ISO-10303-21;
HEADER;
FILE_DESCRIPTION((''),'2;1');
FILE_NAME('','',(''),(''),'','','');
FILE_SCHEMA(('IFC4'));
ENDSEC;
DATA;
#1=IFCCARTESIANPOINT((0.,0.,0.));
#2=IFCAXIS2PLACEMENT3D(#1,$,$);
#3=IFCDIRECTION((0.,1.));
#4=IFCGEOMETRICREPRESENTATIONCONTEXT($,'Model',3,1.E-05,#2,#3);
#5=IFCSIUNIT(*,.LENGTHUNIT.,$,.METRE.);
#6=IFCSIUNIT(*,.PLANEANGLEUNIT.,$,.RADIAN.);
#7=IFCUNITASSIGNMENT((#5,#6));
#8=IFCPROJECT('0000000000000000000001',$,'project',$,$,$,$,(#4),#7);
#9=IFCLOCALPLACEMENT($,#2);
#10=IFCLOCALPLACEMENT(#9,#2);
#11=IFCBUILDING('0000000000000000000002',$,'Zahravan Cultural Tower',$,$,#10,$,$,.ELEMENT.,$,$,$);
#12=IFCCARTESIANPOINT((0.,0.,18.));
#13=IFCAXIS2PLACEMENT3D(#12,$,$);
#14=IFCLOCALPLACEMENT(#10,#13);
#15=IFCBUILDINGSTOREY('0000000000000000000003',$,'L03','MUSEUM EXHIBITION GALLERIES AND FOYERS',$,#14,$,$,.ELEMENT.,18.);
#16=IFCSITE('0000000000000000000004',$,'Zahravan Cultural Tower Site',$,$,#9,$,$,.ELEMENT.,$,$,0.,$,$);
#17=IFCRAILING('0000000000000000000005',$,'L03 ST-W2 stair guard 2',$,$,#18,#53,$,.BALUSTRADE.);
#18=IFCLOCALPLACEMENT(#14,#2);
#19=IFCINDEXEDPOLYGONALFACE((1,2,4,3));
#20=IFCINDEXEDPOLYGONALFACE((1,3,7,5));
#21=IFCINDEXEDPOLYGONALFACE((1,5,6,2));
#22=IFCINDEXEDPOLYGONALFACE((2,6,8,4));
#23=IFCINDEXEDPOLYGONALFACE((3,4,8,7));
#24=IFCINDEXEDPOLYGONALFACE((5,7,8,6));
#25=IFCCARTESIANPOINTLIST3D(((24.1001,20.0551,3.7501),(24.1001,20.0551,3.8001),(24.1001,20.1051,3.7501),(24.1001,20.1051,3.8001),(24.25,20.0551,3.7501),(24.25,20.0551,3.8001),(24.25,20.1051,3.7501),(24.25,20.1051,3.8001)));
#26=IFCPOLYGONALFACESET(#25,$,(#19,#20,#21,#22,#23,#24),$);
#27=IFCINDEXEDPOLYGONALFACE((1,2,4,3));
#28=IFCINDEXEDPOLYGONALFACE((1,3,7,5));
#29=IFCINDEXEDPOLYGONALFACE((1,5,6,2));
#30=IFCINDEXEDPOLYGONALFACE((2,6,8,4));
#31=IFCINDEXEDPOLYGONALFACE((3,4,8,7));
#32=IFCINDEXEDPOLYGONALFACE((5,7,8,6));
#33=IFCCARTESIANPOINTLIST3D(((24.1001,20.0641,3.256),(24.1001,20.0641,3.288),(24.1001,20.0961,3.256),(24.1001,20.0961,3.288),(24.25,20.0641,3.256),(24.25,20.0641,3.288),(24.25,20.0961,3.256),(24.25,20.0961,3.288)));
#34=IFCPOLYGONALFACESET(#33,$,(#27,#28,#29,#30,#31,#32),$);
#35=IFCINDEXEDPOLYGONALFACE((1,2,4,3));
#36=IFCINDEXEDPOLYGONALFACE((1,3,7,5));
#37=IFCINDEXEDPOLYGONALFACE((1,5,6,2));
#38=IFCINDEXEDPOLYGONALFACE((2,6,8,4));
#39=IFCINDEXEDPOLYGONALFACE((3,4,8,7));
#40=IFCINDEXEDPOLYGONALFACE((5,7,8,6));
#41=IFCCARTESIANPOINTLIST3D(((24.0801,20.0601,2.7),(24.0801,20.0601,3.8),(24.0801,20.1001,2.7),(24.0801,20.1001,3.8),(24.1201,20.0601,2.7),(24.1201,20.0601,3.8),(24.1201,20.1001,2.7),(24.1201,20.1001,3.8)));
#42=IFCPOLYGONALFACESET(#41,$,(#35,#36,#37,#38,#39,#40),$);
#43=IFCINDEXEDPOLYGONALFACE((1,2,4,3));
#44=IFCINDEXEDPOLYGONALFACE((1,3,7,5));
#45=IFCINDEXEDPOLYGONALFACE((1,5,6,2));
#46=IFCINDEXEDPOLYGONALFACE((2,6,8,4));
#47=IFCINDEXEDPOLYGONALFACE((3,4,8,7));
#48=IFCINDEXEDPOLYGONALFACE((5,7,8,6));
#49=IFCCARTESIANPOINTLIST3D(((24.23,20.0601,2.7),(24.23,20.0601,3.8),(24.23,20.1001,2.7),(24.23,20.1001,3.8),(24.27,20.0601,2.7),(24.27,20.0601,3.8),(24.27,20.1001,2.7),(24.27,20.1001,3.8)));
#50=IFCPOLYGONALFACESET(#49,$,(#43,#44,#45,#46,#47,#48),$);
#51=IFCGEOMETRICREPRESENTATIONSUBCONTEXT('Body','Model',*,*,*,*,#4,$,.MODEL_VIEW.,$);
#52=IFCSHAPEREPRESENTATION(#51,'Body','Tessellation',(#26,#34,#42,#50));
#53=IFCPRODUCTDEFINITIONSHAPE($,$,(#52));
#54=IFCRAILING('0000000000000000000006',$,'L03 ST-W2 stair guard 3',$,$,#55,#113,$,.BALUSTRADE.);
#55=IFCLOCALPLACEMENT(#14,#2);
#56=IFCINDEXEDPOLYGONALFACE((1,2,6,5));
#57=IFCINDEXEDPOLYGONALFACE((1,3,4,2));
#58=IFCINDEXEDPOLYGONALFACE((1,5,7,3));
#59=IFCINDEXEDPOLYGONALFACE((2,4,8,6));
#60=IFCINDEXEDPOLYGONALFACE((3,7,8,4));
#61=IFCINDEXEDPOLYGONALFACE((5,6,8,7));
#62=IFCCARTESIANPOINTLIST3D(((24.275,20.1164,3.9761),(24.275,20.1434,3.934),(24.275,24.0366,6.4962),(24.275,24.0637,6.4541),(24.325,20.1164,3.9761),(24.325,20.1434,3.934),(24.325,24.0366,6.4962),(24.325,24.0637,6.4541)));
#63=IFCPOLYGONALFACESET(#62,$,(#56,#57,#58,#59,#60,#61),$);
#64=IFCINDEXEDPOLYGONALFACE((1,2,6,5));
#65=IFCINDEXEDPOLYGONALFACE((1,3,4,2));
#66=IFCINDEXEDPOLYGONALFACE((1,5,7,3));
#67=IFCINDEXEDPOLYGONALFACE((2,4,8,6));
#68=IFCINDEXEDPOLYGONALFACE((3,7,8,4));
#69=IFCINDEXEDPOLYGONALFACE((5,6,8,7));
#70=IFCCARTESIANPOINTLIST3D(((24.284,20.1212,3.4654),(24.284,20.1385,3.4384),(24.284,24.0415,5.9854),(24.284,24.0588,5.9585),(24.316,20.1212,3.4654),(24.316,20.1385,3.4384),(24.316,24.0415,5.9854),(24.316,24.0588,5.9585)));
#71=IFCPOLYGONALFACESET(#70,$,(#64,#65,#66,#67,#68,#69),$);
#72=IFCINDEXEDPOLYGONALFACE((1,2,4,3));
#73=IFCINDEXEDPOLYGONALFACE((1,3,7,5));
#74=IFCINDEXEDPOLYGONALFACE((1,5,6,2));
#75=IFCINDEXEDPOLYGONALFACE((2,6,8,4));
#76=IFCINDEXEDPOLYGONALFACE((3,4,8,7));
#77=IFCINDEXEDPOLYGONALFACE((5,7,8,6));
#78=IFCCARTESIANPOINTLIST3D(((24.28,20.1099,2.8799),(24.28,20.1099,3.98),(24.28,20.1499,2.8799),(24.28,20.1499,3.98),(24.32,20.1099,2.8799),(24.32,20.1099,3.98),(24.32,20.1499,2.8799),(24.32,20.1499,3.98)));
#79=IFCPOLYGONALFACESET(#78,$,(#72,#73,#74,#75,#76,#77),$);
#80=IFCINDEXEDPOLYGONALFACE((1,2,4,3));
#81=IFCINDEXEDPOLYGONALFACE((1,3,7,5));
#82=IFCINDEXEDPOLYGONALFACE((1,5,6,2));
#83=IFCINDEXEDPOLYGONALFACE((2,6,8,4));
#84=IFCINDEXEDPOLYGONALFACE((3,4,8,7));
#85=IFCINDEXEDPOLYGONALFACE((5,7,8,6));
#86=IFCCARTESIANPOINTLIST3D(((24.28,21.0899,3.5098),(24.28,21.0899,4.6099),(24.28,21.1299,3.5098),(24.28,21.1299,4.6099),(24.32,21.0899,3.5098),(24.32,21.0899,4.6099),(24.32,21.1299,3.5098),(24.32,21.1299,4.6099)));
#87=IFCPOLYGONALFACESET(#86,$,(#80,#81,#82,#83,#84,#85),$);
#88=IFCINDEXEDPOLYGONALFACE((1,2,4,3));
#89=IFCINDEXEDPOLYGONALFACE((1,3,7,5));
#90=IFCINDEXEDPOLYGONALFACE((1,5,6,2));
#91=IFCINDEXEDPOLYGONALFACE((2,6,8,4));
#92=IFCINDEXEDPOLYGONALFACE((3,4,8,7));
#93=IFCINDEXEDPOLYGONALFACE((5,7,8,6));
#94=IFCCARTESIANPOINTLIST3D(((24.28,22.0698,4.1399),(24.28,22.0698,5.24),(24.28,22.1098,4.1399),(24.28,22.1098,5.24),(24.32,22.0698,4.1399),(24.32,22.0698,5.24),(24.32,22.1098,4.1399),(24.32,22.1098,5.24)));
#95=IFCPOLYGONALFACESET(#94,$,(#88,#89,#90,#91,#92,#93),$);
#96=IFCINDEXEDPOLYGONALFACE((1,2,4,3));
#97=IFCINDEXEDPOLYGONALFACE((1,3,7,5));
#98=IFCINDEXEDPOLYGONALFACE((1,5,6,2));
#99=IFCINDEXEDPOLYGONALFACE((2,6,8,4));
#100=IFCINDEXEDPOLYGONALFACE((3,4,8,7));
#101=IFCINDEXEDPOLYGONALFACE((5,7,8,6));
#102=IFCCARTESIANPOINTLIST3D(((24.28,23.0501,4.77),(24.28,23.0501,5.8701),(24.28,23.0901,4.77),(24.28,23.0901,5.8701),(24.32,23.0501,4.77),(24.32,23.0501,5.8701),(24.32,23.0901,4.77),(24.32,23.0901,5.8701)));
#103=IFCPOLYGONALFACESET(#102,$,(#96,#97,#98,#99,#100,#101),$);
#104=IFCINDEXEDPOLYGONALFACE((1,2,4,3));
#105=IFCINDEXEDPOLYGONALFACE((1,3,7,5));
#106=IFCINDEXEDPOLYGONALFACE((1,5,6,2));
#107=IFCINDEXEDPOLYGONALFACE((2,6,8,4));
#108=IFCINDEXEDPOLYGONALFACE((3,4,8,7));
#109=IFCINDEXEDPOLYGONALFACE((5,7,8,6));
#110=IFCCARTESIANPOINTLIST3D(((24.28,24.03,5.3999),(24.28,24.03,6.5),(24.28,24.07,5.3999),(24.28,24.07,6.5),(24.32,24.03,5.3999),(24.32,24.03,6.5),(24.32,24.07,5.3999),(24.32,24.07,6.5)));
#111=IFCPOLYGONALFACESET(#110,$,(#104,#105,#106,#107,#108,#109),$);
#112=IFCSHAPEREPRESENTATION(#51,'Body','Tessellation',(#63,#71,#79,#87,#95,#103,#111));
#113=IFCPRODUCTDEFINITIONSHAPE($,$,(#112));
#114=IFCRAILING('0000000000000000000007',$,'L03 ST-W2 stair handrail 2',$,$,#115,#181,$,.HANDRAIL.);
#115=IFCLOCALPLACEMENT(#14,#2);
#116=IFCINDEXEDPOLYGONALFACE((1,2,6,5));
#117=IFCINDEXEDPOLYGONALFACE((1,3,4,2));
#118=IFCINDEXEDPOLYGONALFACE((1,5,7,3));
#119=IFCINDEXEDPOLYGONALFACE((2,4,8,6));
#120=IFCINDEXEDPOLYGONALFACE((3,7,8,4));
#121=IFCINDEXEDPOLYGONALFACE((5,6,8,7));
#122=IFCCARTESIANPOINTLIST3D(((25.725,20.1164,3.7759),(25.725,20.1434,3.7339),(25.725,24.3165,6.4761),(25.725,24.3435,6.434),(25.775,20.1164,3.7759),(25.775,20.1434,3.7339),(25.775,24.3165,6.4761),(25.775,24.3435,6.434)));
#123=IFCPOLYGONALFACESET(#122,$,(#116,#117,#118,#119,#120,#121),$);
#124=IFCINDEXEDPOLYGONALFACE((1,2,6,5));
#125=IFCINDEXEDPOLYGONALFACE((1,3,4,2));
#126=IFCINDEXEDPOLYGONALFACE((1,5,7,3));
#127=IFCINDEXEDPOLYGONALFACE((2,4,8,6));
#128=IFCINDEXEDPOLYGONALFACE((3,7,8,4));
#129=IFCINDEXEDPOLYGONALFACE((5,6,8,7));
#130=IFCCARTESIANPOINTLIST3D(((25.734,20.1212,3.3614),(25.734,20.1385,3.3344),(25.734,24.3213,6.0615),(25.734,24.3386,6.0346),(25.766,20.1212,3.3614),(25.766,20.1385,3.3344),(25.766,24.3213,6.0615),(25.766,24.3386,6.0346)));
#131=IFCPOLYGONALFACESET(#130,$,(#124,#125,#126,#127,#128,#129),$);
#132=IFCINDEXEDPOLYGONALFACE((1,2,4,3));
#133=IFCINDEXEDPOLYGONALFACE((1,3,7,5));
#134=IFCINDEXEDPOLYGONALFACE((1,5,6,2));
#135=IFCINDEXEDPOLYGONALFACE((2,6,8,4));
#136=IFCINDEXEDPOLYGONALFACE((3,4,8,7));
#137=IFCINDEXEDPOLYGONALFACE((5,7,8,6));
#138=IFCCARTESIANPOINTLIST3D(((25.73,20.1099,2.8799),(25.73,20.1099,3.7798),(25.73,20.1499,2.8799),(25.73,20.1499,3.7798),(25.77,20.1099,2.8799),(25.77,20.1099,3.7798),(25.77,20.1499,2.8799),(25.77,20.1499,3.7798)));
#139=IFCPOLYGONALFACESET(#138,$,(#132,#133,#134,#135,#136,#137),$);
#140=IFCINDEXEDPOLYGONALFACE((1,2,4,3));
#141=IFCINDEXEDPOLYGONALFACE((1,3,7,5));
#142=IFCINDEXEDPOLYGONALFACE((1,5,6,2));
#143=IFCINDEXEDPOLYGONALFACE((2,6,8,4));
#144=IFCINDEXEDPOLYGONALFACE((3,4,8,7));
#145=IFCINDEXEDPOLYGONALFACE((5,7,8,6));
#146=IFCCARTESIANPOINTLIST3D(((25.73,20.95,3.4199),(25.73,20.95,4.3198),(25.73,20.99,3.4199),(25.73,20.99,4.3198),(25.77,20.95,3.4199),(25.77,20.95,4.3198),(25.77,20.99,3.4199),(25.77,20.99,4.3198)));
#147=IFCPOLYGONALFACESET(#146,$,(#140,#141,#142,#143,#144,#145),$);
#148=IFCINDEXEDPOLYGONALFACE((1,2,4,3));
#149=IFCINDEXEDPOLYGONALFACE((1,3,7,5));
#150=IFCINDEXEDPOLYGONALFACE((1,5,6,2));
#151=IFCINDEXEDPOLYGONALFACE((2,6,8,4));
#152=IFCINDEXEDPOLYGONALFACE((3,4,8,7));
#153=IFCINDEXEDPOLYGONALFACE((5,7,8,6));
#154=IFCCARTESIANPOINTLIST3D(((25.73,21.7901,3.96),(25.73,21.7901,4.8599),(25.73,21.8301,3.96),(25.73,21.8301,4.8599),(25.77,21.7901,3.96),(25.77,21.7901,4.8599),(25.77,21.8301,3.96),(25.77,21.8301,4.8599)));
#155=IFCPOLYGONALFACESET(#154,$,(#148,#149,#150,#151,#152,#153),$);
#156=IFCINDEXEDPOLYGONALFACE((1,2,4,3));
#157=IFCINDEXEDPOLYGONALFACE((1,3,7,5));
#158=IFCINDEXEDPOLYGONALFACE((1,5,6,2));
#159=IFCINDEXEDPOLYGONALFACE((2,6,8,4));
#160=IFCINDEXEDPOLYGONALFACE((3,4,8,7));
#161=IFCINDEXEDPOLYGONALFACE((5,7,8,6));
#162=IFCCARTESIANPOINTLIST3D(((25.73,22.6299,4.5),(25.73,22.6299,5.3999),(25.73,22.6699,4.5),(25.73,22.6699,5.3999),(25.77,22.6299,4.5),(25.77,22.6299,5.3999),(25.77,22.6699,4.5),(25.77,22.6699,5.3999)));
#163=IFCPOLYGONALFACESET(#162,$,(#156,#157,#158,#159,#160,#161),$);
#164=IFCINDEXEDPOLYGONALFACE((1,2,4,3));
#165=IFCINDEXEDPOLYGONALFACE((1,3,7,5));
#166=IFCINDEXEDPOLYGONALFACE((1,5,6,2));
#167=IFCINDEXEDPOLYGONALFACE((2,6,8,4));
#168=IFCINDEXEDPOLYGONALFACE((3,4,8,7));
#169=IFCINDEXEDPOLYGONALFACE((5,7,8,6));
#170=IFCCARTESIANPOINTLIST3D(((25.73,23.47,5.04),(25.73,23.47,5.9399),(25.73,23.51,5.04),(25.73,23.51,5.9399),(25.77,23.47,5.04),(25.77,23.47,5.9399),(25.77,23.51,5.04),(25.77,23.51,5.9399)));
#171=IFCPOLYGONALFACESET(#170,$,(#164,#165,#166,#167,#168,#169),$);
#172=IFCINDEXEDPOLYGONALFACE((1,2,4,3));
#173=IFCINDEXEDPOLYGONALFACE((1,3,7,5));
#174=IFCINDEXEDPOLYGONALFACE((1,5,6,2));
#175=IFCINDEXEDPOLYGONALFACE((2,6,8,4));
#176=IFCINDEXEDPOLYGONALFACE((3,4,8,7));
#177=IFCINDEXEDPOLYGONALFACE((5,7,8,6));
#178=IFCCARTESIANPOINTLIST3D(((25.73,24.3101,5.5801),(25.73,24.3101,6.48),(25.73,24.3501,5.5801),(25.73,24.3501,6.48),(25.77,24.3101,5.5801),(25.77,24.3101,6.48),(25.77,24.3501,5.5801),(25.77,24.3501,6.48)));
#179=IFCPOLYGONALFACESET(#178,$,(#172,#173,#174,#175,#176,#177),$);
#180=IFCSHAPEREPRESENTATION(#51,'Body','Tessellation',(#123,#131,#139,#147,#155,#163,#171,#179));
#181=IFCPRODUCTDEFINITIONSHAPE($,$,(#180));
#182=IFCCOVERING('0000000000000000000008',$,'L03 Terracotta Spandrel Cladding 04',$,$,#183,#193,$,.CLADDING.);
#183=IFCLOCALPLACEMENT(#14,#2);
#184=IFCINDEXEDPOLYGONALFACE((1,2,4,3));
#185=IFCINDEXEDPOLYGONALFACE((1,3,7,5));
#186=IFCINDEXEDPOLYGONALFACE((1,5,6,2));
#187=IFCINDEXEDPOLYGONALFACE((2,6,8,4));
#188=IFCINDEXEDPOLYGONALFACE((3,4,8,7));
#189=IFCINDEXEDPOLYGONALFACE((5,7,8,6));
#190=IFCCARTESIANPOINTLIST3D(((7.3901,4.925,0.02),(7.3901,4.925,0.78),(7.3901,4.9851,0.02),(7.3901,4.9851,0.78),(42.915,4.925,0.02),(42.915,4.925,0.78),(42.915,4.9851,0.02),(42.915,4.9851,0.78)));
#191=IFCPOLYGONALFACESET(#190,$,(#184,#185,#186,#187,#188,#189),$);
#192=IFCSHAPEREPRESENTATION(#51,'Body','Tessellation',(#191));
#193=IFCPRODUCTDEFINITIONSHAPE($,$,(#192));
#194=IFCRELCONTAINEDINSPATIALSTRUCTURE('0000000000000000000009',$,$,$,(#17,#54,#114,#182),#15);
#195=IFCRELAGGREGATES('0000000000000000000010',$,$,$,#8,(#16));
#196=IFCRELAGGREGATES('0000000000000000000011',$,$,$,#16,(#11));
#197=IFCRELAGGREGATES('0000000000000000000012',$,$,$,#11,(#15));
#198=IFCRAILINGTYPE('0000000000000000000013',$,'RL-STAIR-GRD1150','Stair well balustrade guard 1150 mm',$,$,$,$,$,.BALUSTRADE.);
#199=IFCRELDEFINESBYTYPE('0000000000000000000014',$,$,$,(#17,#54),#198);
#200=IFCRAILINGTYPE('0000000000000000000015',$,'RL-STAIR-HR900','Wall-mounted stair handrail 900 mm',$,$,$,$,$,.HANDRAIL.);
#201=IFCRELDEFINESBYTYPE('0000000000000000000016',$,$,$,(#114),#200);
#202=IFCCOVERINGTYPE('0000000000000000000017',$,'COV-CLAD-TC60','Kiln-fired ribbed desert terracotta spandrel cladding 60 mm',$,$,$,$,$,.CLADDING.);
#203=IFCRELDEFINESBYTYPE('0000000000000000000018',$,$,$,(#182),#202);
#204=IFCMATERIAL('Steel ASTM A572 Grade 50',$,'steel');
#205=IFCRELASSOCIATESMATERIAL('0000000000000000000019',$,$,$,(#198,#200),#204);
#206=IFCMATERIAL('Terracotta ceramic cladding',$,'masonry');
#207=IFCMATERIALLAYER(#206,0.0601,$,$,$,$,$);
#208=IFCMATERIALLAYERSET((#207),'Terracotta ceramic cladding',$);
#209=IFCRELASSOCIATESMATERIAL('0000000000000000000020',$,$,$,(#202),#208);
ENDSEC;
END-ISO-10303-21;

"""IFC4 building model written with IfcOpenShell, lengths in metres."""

from ifc_helpers import new_model, si_unit, direction, frame, origin, origin_2d, place, context, subcontext, project, spatial, rectangle, extrude, source, transform, mapped, material, layer, layer_set, type_object, element, save


model = new_model("IFC4")

# Units and contexts
model_context = context("Model", 3, precision=1e-05, world=origin(), true_north=direction((0.0, 1.0)))
body_context = subcontext(model_context, "Body", "Model", "MODEL_VIEW")
ifc_project = project(units=[si_unit("LENGTHUNIT", "METRE"), si_unit("PLANEANGLEUNIT", "RADIAN")], contexts=[model_context])

# Site, building, storey
site_placement = place(None, origin())
site = spatial("IfcSite", under=ifc_project, at=site_placement, Name="Zahravan Cultural Tower Site", CompositionType="ELEMENT", RefElevation=0.0)
building_placement = place(site_placement, origin())
building = spatial("IfcBuilding", under=site, at=building_placement, Name="Zahravan Cultural Tower", CompositionType="ELEMENT")
storey_placement = place(building_placement, frame((0.0, 0.0, 18.0)))
storey = spatial("IfcBuildingStorey", under=building, at=storey_placement, Name="L03", Description="MUSEUM EXHIBITION GALLERIES AND FOYERS", CompositionType="ELEMENT", Elevation=18.0)

# Shared definitions
ifc_material_1 = material(Name="Steel ASTM A572 Grade 50", Category="steel")

# Railings
railing_type_1 = type_object("IfcRailingType", Name="RL-STAIR-GRD1150", Description="Stair well balustrade guard 1150 mm", PredefinedType="BALUSTRADE", material=ifc_material_1)
railing_1_placement = place(storey_placement, frame((24.1001, 20.0801, 2.7)))
element("IfcRailing", 1, at=railing_1_placement, inside=storey, type_object=railing_type_1, Name="L03 ST-W2 stair guard 2", PredefinedType="BALUSTRADE", context=body_context, shape_type="SweptSolid", body=[
    extrude(rectangle(XDim=0.05, YDim=0.05, at=origin_2d()), frame((0.0, 0.0, 1.0752), z_axis=(1.0, 0.0, 0.0), x_axis=(0.0, 1.0, 0.0)), (0.0, 0.0, 1.0), 0.1499),
    extrude(rectangle(XDim=0.032, YDim=0.032, at=origin_2d()), frame((0.0, 0.0, 0.572), z_axis=(1.0, 0.0, 0.0), x_axis=(0.0, 1.0, 0.0)), (0.0, 0.0, 1.0), 0.1499),
    extrude(rectangle(XDim=0.04, YDim=0.04, at=origin_2d()), origin(), (0.0, 0.0, 1.0), 1.1001),
    extrude(rectangle(XDim=0.04, YDim=0.04, at=origin_2d()), frame((0.1499, 0.0, 0.0)), (0.0, 0.0, 1.0), 1.1001),
])
railing_2_placement = place(storey_placement, frame((24.3, 20.1299, 2.8799)))
element("IfcRailing", 2, at=railing_2_placement, inside=storey, type_object=railing_type_1, Name="L03 ST-W2 stair guard 3", PredefinedType="BALUSTRADE", context=body_context, shape_type="SweptSolid", body=[
    extrude(rectangle(XDim=0.05, YDim=0.05, at=origin_2d()), frame((0.0, 0.0, 1.0752), z_axis=(0.0, 0.841187, 0.540744), x_axis=(-1.0, 0.0, 0.0)), (0.0, 0.0, 1.0), 4.6604),
    extrude(rectangle(XDim=0.032, YDim=0.032, at=origin_2d()), frame((0.0, 0.0, 0.572), z_axis=(0.0, 0.841187, 0.540744), x_axis=(-1.0, 0.0, 0.0)), (0.0, 0.0, 1.0), 4.6604),
    extrude(rectangle(XDim=0.04, YDim=0.04, at=origin_2d()), origin(), (0.0, 0.0, 1.0), 1.1001),
    extrude(rectangle(XDim=0.04, YDim=0.04, at=origin_2d()), frame((0.0, 0.98, 0.6299)), (0.0, 0.0, 1.0), 1.1001),
    extrude(rectangle(XDim=0.04, YDim=0.04, at=origin_2d()), frame((0.0, 1.96, 1.26)), (0.0, 0.0, 1.0), 1.1001),
    extrude(rectangle(XDim=0.04, YDim=0.04, at=origin_2d()), frame((0.0, 2.9402, 1.8901)), (0.0, 0.0, 1.0), 1.1001),
    extrude(rectangle(XDim=0.04, YDim=0.04, at=origin_2d()), frame((0.0, 3.9202, 2.52)), (0.0, 0.0, 1.0), 1.1001),
])
railing_type_2 = type_object("IfcRailingType", Name="RL-STAIR-HR900", Description="Wall-mounted stair handrail 900 mm", PredefinedType="HANDRAIL", material=ifc_material_1)
railing_3_placement = place(storey_placement, frame((25.75, 20.1299, 2.8799)))
element("IfcRailing", 3, at=railing_3_placement, inside=storey, type_object=railing_type_2, Name="L03 ST-W2 stair handrail 2", PredefinedType="HANDRAIL", context=body_context, shape_type="SweptSolid", body=[
    extrude(rectangle(XDim=0.05, YDim=0.05, at=origin_2d()), frame((0.0, 0.0, 0.875), z_axis=(0.0, 0.841172, 0.540767), x_axis=(-1.0, 0.0, 0.0)), (0.0, 0.0, 1.0), 4.9932),
    extrude(rectangle(XDim=0.032, YDim=0.032, at=origin_2d()), frame((0.0, 0.0, 0.468), z_axis=(0.0, 0.841172, 0.540767), x_axis=(-1.0, 0.0, 0.0)), (0.0, 0.0, 1.0), 4.9932),
    extrude(rectangle(XDim=0.04, YDim=0.04, at=origin_2d()), origin(), (0.0, 0.0, 1.0), 0.8999),
    extrude(rectangle(XDim=0.04, YDim=0.04, at=origin_2d()), frame((0.0, 0.8401, 0.54)), (0.0, 0.0, 1.0), 0.8999),
    extrude(rectangle(XDim=0.04, YDim=0.04, at=origin_2d()), frame((0.0, 1.6802, 1.0801)), (0.0, 0.0, 1.0), 0.8999),
    extrude(rectangle(XDim=0.04, YDim=0.04, at=origin_2d()), frame((0.0, 2.52, 1.6201)), (0.0, 0.0, 1.0), 0.8999),
    extrude(rectangle(XDim=0.04, YDim=0.04, at=origin_2d()), frame((0.0, 3.3601, 2.1602)), (0.0, 0.0, 1.0), 0.8999),
    extrude(rectangle(XDim=0.04, YDim=0.04, at=origin_2d()), frame((0.0, 4.2002, 2.7002)), (0.0, 0.0, 1.0), 0.8999),
])

# Covering
ifc_material_2 = material(Name="Terracotta ceramic cladding", Category="masonry")
ifc_layer_1 = layer(ifc_material_2, 0.0601)
ifc_layer_set_1 = layer_set([ifc_layer_1], Name="Terracotta ceramic cladding")
covering_type = type_object("IfcCoveringType", Name="COV-CLAD-TC60", Description="Kiln-fired ribbed desert terracotta spandrel cladding 60 mm", PredefinedType="CLADDING", material=ifc_layer_set_1)
shared_shape_1 = source(origin(), body_context, "Body", "SweptSolid", [
    extrude(rectangle(XDim=35.5249, YDim=0.0601, at=origin_2d()), origin(), (0.0, 0.0, 1.0), 0.76),
])
covering_placement = place(storey_placement, frame((25.1526, 4.9551, 0.02), z_axis=(0.0, 0.0, 1.0), x_axis=(-1.0, 0.0, 0.0)))
element("IfcCovering", 4, at=covering_placement, inside=storey, type_object=covering_type, Name="L03 Terracotta Spandrel Cladding 04", PredefinedType="CLADDING", context=body_context, shape_type="MappedRepresentation", body=[
    mapped(shared_shape_1, transform((0.0, 0.0, 0.0), x_axis=(1.0, 0.0, 0.0), y_axis=(0.0, 1.0, 0.0), z_axis=(0.0, 0.0, 1.0), scale=1.0)),
])

save(model, "model.ifc")
